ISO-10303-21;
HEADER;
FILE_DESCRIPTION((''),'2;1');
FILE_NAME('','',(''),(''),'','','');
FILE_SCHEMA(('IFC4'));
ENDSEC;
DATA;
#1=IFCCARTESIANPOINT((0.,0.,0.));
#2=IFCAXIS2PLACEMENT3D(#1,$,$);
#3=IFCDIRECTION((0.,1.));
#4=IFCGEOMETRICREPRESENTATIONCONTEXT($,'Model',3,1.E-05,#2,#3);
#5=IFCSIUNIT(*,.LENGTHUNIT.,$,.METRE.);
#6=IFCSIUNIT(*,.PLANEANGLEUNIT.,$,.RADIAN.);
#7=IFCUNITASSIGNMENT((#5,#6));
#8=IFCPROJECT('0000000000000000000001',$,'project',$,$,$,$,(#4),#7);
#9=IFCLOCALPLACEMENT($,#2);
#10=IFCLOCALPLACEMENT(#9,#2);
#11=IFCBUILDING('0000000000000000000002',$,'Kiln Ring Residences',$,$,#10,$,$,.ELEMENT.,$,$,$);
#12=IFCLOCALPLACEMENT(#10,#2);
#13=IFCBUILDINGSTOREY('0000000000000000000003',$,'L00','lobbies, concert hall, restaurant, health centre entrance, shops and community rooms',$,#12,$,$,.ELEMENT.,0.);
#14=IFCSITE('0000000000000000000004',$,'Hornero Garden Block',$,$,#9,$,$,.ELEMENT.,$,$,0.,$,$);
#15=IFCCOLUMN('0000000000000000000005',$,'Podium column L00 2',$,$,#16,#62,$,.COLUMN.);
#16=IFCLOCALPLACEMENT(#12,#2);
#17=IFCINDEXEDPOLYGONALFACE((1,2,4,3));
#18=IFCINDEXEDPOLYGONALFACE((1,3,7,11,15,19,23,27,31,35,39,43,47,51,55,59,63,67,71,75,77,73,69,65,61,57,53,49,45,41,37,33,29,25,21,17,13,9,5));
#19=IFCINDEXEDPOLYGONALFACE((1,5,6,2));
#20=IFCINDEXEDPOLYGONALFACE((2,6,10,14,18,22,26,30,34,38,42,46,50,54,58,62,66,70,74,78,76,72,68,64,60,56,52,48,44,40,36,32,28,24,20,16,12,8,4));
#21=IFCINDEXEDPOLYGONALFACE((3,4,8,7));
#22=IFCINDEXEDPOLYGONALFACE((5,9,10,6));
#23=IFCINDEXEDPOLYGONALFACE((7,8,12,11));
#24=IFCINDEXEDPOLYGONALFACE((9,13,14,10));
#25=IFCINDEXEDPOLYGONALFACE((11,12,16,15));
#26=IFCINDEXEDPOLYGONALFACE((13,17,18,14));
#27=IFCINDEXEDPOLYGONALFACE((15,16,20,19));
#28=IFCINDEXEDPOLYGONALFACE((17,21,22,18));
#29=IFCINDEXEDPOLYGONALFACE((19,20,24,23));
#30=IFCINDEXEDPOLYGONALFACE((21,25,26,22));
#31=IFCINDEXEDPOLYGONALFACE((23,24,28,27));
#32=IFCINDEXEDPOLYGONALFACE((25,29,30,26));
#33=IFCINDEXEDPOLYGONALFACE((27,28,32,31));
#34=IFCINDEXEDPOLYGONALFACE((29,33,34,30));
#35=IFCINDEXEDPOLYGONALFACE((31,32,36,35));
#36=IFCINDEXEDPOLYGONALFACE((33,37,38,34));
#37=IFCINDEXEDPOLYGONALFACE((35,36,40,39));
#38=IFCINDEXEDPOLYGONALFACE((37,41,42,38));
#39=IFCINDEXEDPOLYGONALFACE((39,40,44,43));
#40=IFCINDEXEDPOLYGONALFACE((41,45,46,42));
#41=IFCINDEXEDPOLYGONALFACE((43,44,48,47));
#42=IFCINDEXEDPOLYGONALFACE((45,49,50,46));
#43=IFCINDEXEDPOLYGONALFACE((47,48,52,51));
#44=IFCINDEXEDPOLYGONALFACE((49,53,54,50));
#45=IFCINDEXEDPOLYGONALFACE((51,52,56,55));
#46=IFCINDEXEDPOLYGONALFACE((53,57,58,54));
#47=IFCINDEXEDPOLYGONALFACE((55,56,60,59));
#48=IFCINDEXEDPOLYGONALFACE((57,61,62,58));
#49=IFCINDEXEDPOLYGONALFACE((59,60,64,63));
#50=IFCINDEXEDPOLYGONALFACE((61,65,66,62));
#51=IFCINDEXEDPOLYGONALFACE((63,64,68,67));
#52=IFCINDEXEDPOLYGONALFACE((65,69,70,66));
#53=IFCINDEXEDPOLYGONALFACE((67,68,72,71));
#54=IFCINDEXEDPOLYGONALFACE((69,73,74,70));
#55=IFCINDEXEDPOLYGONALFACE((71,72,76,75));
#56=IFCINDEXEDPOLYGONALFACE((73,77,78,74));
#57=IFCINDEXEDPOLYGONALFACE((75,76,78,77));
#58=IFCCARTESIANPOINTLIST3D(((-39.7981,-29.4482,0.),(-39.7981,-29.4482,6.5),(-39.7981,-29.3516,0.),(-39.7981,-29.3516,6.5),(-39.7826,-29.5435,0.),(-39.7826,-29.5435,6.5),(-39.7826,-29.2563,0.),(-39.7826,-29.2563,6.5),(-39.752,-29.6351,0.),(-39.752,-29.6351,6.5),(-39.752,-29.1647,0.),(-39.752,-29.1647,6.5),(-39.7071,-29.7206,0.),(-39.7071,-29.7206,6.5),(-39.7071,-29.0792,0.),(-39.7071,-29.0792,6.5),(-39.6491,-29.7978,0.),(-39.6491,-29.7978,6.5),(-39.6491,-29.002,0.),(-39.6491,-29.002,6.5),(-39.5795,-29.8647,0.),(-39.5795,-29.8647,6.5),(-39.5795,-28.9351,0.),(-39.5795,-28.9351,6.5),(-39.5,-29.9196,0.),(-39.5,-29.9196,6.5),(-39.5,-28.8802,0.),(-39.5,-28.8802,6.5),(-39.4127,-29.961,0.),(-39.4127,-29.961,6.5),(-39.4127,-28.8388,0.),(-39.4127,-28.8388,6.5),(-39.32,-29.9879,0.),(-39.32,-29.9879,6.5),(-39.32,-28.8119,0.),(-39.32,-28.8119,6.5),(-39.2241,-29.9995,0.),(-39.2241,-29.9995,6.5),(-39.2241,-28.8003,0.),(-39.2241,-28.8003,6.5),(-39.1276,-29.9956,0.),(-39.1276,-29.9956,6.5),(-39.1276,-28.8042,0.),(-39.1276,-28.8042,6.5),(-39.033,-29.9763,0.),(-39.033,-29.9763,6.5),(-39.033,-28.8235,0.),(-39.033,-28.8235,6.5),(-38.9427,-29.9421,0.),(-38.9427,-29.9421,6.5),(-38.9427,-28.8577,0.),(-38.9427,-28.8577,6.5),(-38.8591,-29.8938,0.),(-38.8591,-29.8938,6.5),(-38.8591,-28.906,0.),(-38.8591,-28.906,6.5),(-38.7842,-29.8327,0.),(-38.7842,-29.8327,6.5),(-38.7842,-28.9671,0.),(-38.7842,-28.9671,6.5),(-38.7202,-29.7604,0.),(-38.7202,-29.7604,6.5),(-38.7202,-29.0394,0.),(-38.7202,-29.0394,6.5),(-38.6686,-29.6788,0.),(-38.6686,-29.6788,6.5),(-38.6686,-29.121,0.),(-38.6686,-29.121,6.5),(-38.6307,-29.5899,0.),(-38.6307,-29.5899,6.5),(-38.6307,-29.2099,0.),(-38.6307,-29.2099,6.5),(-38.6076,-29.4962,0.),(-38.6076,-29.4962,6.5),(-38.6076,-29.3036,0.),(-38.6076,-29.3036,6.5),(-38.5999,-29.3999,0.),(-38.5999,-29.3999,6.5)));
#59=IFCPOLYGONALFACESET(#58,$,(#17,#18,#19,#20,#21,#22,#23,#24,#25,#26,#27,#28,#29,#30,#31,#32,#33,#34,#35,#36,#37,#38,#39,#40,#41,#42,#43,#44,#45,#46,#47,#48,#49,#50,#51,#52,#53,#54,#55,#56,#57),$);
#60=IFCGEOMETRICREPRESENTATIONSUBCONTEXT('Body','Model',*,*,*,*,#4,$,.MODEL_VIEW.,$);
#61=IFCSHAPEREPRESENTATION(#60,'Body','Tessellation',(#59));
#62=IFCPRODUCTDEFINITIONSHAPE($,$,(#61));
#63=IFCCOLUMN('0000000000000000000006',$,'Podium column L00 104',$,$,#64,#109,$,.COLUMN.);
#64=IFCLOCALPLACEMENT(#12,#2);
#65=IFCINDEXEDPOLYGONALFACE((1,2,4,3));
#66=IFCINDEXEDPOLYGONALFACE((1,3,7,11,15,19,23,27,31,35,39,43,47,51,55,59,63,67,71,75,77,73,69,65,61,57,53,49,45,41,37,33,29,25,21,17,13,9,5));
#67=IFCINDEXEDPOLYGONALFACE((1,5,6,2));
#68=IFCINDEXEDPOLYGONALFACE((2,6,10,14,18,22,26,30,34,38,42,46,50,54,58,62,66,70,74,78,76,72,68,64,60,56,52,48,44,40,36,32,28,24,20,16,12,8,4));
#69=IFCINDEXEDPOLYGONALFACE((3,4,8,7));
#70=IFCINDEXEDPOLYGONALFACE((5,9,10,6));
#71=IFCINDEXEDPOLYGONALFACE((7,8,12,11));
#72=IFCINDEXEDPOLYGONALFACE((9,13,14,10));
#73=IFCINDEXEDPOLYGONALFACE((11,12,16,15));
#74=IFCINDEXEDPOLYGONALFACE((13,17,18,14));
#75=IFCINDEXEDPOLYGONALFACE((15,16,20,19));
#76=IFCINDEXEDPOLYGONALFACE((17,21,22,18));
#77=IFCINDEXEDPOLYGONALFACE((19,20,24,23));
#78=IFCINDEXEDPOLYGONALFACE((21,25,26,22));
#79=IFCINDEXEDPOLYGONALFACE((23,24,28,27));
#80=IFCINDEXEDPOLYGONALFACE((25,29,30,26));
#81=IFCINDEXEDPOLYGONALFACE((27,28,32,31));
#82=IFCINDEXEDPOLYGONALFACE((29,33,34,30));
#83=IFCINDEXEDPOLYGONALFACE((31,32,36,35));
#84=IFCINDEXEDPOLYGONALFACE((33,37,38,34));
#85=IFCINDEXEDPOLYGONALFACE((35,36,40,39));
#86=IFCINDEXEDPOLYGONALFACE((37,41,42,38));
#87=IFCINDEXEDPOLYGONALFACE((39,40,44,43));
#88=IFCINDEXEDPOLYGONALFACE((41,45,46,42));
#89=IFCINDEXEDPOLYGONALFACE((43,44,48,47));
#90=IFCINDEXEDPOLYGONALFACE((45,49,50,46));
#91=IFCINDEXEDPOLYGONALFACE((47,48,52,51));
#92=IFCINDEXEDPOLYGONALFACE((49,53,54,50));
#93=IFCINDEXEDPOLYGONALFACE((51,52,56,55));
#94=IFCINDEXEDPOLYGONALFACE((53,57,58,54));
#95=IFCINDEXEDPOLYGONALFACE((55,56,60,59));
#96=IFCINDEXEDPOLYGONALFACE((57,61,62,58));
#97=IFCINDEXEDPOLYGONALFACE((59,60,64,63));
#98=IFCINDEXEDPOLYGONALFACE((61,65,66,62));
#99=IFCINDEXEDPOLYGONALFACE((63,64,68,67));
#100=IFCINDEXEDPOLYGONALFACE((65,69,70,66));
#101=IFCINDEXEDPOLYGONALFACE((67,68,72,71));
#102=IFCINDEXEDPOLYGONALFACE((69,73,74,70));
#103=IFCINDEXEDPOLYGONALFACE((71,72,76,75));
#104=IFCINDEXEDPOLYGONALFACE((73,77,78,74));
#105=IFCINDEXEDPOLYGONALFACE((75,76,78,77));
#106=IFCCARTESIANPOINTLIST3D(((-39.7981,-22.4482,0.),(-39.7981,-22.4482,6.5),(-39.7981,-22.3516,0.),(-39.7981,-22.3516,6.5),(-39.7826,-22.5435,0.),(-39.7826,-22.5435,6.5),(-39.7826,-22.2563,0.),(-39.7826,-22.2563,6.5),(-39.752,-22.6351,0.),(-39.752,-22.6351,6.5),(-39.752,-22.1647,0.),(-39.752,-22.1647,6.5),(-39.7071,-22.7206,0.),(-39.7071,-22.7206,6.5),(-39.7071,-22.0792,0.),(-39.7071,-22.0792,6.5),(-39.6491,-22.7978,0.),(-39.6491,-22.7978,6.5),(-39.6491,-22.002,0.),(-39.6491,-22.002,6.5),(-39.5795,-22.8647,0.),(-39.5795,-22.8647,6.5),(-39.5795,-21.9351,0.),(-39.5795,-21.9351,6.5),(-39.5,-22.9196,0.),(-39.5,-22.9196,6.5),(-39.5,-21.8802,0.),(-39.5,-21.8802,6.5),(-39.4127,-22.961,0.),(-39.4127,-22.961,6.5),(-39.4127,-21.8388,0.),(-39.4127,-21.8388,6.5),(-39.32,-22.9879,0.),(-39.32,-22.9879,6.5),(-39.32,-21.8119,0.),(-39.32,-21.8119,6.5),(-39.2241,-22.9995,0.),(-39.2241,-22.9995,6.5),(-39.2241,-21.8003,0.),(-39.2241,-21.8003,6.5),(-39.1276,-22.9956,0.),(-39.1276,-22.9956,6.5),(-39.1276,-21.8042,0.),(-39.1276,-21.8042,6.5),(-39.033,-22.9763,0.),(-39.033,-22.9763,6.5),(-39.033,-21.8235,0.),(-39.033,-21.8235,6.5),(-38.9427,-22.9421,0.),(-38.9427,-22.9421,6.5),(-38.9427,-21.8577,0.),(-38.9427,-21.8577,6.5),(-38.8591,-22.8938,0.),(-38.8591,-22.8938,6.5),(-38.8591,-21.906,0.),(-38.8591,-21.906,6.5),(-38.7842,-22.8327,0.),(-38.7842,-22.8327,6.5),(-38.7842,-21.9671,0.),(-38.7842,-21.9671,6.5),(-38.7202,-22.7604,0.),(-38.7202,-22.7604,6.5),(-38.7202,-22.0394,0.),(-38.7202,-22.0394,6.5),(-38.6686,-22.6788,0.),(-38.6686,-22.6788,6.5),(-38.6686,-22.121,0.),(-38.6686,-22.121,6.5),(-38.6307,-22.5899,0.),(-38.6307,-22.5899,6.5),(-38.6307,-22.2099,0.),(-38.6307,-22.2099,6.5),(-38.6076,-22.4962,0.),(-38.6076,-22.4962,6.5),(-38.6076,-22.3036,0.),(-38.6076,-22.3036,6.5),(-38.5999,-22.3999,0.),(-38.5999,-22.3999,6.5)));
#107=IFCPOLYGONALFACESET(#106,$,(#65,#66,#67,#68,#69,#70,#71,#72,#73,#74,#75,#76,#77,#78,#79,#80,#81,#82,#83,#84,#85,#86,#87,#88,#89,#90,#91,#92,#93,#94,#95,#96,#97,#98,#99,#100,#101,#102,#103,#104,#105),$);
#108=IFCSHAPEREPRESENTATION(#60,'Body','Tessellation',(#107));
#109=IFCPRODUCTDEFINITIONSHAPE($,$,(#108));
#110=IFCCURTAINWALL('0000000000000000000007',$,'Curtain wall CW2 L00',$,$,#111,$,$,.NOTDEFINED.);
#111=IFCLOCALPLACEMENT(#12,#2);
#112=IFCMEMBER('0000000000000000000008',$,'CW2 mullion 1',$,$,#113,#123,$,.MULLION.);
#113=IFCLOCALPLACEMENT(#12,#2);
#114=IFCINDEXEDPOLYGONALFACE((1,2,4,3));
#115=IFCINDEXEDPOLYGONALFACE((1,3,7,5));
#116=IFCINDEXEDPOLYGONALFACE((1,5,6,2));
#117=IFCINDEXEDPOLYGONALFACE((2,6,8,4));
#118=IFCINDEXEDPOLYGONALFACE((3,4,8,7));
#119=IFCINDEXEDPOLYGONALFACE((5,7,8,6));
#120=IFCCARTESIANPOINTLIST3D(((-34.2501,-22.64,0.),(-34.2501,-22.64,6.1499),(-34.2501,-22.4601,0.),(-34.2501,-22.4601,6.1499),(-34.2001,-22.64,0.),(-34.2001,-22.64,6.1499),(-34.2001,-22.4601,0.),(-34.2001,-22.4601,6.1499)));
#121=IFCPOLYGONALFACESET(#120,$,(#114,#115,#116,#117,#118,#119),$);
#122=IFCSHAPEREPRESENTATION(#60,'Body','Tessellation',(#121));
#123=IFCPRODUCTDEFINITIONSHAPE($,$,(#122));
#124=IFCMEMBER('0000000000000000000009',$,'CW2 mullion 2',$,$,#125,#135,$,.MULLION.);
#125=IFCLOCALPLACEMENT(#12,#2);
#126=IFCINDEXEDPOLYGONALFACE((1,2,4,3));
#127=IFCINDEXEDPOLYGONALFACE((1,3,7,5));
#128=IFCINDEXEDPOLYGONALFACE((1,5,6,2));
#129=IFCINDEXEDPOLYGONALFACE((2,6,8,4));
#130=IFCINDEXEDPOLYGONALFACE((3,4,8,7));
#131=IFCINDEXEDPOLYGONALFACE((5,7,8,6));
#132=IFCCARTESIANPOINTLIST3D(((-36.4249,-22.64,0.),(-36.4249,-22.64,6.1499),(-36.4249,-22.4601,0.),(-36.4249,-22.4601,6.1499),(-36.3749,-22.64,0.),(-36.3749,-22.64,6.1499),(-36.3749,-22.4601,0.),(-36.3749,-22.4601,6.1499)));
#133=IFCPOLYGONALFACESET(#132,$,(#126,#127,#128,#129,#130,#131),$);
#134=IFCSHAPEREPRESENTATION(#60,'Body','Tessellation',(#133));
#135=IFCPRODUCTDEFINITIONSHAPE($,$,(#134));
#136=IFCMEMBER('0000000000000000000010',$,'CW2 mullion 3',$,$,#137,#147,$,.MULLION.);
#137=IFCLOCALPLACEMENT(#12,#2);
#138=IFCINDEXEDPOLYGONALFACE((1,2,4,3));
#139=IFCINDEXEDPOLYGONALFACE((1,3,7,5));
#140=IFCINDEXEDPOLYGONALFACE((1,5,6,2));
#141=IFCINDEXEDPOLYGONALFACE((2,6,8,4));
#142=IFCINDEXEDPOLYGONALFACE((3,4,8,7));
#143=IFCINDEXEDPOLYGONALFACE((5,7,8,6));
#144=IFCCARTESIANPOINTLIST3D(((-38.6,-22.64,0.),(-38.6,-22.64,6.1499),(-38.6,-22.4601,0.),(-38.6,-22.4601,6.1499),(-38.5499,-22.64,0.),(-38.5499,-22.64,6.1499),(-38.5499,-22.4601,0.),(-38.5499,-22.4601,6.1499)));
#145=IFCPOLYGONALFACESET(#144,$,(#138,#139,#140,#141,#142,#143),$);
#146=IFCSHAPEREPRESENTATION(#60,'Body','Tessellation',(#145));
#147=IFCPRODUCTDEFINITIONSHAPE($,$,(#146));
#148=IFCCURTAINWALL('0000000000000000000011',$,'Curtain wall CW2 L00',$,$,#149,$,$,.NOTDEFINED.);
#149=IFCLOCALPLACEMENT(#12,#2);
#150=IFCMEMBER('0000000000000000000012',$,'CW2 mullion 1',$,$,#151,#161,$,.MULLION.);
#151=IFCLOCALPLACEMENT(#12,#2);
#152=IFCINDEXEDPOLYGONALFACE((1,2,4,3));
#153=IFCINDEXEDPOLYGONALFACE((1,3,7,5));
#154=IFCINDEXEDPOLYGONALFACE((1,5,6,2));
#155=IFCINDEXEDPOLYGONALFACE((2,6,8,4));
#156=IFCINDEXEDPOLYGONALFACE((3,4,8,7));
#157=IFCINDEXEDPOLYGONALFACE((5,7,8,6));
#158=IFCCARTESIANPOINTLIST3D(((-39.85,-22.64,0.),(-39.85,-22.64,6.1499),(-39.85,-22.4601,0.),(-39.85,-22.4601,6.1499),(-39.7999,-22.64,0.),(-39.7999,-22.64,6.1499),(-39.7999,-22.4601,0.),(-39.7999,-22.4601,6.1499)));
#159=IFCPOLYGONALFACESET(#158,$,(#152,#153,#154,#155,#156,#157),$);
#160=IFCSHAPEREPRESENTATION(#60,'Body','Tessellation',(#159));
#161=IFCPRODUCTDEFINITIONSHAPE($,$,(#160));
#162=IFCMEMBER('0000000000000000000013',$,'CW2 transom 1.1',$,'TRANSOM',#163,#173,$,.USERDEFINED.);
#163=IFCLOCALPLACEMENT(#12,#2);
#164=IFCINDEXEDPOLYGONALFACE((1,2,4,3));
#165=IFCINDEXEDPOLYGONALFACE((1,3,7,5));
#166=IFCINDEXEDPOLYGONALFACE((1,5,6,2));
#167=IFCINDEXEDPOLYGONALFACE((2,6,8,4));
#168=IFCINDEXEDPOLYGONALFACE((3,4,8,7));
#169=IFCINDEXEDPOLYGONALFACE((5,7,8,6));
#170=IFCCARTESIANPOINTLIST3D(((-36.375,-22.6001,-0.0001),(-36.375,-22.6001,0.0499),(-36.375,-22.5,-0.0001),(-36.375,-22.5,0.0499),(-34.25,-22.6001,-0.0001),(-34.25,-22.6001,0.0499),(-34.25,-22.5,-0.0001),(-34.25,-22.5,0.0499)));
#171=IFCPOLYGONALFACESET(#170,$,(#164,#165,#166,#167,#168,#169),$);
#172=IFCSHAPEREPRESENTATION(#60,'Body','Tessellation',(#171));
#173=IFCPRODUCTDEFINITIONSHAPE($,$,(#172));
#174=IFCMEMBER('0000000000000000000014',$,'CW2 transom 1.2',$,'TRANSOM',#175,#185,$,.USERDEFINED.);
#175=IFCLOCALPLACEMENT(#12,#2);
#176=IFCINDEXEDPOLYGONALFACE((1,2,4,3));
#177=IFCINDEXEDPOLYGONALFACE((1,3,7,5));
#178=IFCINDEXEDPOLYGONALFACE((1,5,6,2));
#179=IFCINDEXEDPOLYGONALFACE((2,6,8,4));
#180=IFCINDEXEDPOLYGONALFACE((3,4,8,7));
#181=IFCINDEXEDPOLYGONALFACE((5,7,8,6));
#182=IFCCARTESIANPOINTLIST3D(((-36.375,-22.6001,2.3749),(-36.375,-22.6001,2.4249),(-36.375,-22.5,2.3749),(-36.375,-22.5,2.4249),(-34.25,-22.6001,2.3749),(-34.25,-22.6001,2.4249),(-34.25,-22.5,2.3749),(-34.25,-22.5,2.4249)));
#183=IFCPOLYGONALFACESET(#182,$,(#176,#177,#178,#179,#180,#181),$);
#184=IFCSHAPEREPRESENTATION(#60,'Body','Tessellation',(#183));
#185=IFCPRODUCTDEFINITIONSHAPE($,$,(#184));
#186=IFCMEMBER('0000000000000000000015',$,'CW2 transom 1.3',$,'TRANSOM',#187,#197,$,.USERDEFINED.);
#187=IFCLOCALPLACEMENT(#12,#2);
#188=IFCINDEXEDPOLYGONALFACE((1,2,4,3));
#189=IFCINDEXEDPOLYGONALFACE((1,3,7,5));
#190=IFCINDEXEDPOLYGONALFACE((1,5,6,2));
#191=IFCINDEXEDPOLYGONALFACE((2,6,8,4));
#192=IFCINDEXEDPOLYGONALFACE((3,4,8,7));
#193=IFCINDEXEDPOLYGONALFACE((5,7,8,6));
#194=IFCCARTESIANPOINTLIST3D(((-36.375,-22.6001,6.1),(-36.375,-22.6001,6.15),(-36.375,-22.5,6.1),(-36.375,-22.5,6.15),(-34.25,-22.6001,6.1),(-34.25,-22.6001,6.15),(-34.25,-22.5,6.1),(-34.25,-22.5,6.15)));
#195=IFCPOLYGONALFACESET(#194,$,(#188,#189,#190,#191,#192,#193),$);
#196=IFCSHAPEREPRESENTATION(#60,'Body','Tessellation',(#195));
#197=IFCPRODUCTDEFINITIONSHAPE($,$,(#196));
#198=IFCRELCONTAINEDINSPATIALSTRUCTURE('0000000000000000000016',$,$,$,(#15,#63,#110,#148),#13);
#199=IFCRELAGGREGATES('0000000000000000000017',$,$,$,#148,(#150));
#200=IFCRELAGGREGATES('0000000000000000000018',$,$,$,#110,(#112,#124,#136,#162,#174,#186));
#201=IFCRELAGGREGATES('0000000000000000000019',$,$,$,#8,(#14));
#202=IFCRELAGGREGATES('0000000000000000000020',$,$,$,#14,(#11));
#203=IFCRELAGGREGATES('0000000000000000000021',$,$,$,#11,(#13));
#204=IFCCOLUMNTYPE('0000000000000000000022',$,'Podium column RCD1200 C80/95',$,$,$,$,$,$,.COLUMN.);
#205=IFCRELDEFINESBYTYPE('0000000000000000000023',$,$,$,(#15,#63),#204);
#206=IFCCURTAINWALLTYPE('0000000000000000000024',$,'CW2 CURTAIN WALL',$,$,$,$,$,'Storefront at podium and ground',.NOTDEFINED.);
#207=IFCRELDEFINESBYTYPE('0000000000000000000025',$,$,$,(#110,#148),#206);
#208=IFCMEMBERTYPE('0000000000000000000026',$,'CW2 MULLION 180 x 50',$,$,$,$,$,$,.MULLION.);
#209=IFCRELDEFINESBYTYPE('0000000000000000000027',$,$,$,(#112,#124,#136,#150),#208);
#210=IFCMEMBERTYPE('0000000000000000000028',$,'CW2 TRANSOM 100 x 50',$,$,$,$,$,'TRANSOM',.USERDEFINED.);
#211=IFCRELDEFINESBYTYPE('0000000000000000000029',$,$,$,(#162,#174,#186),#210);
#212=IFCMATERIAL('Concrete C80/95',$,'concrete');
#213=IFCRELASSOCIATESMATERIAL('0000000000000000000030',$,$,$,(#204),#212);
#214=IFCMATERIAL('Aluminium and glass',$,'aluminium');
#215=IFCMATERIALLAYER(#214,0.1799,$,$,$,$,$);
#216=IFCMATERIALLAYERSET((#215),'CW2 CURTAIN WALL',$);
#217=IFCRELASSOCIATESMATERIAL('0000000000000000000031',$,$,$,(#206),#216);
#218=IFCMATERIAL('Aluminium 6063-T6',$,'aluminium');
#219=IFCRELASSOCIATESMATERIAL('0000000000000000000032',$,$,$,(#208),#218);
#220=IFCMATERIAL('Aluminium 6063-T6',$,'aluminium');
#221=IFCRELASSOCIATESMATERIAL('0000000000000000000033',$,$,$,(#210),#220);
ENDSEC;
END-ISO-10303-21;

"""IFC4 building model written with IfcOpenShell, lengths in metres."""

from ifc_helpers import new_model, si_unit, direction, frame, origin, origin_2d, place, context, subcontext, project, spatial, rectangle, circle, extrude, material, layer, layer_set, material_profile, profile_set, type_object, element, aggregate, save


model = new_model("IFC4")

# Units and contexts
model_context = context("Model", 3, precision=1e-05, world=origin(), true_north=direction((0.0, 1.0)))
body_context = subcontext(model_context, "Body", "Model", "MODEL_VIEW")
ifc_project = project(units=[si_unit("LENGTHUNIT", "METRE"), si_unit("PLANEANGLEUNIT", "RADIAN")], contexts=[model_context])

# Site, building, storey
site_placement = place(None, origin())
site = spatial("IfcSite", under=ifc_project, at=site_placement, Name="Hornero Garden Block", CompositionType="ELEMENT", RefElevation=0.0)
building_placement = place(site_placement, origin())
building = spatial("IfcBuilding", under=site, at=building_placement, Name="Kiln Ring Residences", CompositionType="ELEMENT")
storey_placement = place(building_placement, origin())
storey = spatial("IfcBuildingStorey", under=building, at=storey_placement, Name="L00", Description="lobbies, concert hall, restaurant, health centre entrance, shops and community rooms", CompositionType="ELEMENT", Elevation=0.0)

# Columns
ifc_material_1 = material(Name="Concrete C80/95", Category="concrete")
ifc_material_profile_1 = material_profile(ifc_material_1, circle(Radius=0.6001, at=origin_2d()), Name="RCD1200")
ifc_profile_set_1 = profile_set([ifc_material_profile_1], Name="Concrete C80/95")
column_type = type_object("IfcColumnType", Name="Podium column RCD1200 C80/95", PredefinedType="COLUMN", material=ifc_profile_set_1)
for number, where, z_axis, x_axis, name in (
    (1, (-39.2, -29.3999, 0.0), (0.0, 0.0, 1.0), (1.0, 0.0, 0.0), "Podium column L00 2"),
    (2, (-39.2, -22.3999, 0.0), (0.0, 0.0, 1.0), (1.0, 0.0, 0.0), "Podium column L00 104"),
):
    element("IfcColumn", number, at=place(storey_placement, frame(where, z_axis=z_axis, x_axis=x_axis)), inside=storey, type_object=column_type, Name=name, PredefinedType="COLUMN", context=body_context, shape_type="SweptSolid", body=[
        extrude(circle(Radius=0.6001, at=origin_2d()), origin(), (0.0, 0.0, 1.0), 6.5),
    ])

# Curtain wall, members
ifc_material_2 = material(Name="Aluminium and glass", Category="aluminium")
ifc_layer_1 = layer(ifc_material_2, 0.1799)
ifc_layer_set_1 = layer_set([ifc_layer_1], Name="CW2 CURTAIN WALL")
curtain_wall_type = type_object("IfcCurtainWallType", Name="CW2 CURTAIN WALL", ElementType="Storefront at podium and ground", PredefinedType="NOTDEFINED", material=ifc_layer_set_1)
placement = place(storey_placement, origin())
curtain_wall_1 = element("IfcCurtainWall", 3, at=placement, inside=storey, type_object=curtain_wall_type, Name="Curtain wall CW2 L00", PredefinedType="NOTDEFINED")
ifc_material_3 = material(Name="Aluminium 6063-T6", Category="aluminium")
ifc_material_profile_2 = material_profile(ifc_material_3, rectangle(XDim=0.1799, YDim=0.05, at=origin_2d()), Name="AL 180x50")
ifc_profile_set_2 = profile_set([ifc_material_profile_2], Name="Aluminium 6063-T6")
member_type_1 = type_object("IfcMemberType", Name="CW2 MULLION 180 x 50", PredefinedType="MULLION", material=ifc_profile_set_2)
member_1_placement = place(storey_placement, frame((-34.2251, -22.55, 0.0), z_axis=(0.0, 0.0, 1.0), x_axis=(0.0, -1.0, 0.0)))
member_1 = element("IfcMember", 4, at=member_1_placement, type_object=member_type_1, Name="CW2 mullion 1", PredefinedType="MULLION", context=body_context, shape_type="SweptSolid", body=[
    extrude(rectangle(XDim=0.1799, YDim=0.05, at=origin_2d()), origin(), (0.0, 0.0, 1.0), 6.1499),
])
member_2_placement = place(storey_placement, frame((-36.3999, -22.55, 0.0), z_axis=(0.0, 0.0, 1.0), x_axis=(0.0, -1.0, 0.0)))
member_2 = element("IfcMember", 5, at=member_2_placement, type_object=member_type_1, Name="CW2 mullion 2", PredefinedType="MULLION", context=body_context, shape_type="SweptSolid", body=[
    extrude(rectangle(XDim=0.1799, YDim=0.05, at=origin_2d()), origin(), (0.0, 0.0, 1.0), 6.1499),
])
member_3_placement = place(storey_placement, frame((-38.575, -22.55, 0.0), z_axis=(0.0, 0.0, 1.0), x_axis=(0.0, -1.0, 0.0)))
member_3 = element("IfcMember", 6, at=member_3_placement, type_object=member_type_1, Name="CW2 mullion 3", PredefinedType="MULLION", context=body_context, shape_type="SweptSolid", body=[
    extrude(rectangle(XDim=0.1799, YDim=0.05, at=origin_2d()), origin(), (0.0, 0.0, 1.0), 6.1499),
])

# Curtain wall, member
curtain_wall_2 = element("IfcCurtainWall", 7, at=placement, inside=storey, type_object=curtain_wall_type, Name="Curtain wall CW2 L00", PredefinedType="NOTDEFINED")
member_4_placement = place(storey_placement, frame((-39.825, -22.55, 0.0), z_axis=(0.0, 0.0, 1.0), x_axis=(0.0, -1.0, 0.0)))
member_4 = element("IfcMember", 8, at=member_4_placement, type_object=member_type_1, Name="CW2 mullion 1", PredefinedType="MULLION", context=body_context, shape_type="SweptSolid", body=[
    extrude(rectangle(XDim=0.1799, YDim=0.05, at=origin_2d()), origin(), (0.0, 0.0, 1.0), 6.1499),
])
aggregate(curtain_wall_2, [member_4])

# Members
ifc_material_4 = material(Name="Aluminium 6063-T6", Category="aluminium")
ifc_material_profile_3 = material_profile(ifc_material_4, rectangle(XDim=0.1001, YDim=0.05, at=origin_2d()), Name="AL 100x50")
ifc_profile_set_3 = profile_set([ifc_material_profile_3], Name="Aluminium 6063-T6")
member_type_2 = type_object("IfcMemberType", Name="CW2 TRANSOM 100 x 50", ElementType="TRANSOM", PredefinedType="USERDEFINED", material=ifc_profile_set_3)
member_5_placement = place(storey_placement, frame((-34.25, -22.55, 0.0249), z_axis=(-1.0, 0.0, 0.0), x_axis=(0.0, -1.0, 0.0)))
member_5 = element("IfcMember", 9, at=member_5_placement, type_object=member_type_2, Name="CW2 transom 1.1", ObjectType="TRANSOM", PredefinedType="USERDEFINED", context=body_context, shape_type="SweptSolid", body=[
    extrude(rectangle(XDim=0.1001, YDim=0.05, at=origin_2d()), origin(), (0.0, 0.0, 1.0), 2.125),
])
member_6_placement = place(storey_placement, frame((-34.25, -22.55, 2.3999), z_axis=(-1.0, 0.0, 0.0), x_axis=(0.0, -1.0, 0.0)))
member_6 = element("IfcMember", 10, at=member_6_placement, type_object=member_type_2, Name="CW2 transom 1.2", ObjectType="TRANSOM", PredefinedType="USERDEFINED", context=body_context, shape_type="SweptSolid", body=[
    extrude(rectangle(XDim=0.1001, YDim=0.05, at=origin_2d()), origin(), (0.0, 0.0, 1.0), 2.125),
])
member_7_placement = place(storey_placement, frame((-34.25, -22.55, 6.125), z_axis=(-1.0, 0.0, 0.0), x_axis=(0.0, -1.0, 0.0)))
member_7 = element("IfcMember", 11, at=member_7_placement, type_object=member_type_2, Name="CW2 transom 1.3", ObjectType="TRANSOM", PredefinedType="USERDEFINED", context=body_context, shape_type="SweptSolid", body=[
    extrude(rectangle(XDim=0.1001, YDim=0.05, at=origin_2d()), origin(), (0.0, 0.0, 1.0), 2.125),
])

aggregate(curtain_wall_1, [member_1, member_2, member_3, member_5, member_6, member_7])

save(model, "model.ifc")
